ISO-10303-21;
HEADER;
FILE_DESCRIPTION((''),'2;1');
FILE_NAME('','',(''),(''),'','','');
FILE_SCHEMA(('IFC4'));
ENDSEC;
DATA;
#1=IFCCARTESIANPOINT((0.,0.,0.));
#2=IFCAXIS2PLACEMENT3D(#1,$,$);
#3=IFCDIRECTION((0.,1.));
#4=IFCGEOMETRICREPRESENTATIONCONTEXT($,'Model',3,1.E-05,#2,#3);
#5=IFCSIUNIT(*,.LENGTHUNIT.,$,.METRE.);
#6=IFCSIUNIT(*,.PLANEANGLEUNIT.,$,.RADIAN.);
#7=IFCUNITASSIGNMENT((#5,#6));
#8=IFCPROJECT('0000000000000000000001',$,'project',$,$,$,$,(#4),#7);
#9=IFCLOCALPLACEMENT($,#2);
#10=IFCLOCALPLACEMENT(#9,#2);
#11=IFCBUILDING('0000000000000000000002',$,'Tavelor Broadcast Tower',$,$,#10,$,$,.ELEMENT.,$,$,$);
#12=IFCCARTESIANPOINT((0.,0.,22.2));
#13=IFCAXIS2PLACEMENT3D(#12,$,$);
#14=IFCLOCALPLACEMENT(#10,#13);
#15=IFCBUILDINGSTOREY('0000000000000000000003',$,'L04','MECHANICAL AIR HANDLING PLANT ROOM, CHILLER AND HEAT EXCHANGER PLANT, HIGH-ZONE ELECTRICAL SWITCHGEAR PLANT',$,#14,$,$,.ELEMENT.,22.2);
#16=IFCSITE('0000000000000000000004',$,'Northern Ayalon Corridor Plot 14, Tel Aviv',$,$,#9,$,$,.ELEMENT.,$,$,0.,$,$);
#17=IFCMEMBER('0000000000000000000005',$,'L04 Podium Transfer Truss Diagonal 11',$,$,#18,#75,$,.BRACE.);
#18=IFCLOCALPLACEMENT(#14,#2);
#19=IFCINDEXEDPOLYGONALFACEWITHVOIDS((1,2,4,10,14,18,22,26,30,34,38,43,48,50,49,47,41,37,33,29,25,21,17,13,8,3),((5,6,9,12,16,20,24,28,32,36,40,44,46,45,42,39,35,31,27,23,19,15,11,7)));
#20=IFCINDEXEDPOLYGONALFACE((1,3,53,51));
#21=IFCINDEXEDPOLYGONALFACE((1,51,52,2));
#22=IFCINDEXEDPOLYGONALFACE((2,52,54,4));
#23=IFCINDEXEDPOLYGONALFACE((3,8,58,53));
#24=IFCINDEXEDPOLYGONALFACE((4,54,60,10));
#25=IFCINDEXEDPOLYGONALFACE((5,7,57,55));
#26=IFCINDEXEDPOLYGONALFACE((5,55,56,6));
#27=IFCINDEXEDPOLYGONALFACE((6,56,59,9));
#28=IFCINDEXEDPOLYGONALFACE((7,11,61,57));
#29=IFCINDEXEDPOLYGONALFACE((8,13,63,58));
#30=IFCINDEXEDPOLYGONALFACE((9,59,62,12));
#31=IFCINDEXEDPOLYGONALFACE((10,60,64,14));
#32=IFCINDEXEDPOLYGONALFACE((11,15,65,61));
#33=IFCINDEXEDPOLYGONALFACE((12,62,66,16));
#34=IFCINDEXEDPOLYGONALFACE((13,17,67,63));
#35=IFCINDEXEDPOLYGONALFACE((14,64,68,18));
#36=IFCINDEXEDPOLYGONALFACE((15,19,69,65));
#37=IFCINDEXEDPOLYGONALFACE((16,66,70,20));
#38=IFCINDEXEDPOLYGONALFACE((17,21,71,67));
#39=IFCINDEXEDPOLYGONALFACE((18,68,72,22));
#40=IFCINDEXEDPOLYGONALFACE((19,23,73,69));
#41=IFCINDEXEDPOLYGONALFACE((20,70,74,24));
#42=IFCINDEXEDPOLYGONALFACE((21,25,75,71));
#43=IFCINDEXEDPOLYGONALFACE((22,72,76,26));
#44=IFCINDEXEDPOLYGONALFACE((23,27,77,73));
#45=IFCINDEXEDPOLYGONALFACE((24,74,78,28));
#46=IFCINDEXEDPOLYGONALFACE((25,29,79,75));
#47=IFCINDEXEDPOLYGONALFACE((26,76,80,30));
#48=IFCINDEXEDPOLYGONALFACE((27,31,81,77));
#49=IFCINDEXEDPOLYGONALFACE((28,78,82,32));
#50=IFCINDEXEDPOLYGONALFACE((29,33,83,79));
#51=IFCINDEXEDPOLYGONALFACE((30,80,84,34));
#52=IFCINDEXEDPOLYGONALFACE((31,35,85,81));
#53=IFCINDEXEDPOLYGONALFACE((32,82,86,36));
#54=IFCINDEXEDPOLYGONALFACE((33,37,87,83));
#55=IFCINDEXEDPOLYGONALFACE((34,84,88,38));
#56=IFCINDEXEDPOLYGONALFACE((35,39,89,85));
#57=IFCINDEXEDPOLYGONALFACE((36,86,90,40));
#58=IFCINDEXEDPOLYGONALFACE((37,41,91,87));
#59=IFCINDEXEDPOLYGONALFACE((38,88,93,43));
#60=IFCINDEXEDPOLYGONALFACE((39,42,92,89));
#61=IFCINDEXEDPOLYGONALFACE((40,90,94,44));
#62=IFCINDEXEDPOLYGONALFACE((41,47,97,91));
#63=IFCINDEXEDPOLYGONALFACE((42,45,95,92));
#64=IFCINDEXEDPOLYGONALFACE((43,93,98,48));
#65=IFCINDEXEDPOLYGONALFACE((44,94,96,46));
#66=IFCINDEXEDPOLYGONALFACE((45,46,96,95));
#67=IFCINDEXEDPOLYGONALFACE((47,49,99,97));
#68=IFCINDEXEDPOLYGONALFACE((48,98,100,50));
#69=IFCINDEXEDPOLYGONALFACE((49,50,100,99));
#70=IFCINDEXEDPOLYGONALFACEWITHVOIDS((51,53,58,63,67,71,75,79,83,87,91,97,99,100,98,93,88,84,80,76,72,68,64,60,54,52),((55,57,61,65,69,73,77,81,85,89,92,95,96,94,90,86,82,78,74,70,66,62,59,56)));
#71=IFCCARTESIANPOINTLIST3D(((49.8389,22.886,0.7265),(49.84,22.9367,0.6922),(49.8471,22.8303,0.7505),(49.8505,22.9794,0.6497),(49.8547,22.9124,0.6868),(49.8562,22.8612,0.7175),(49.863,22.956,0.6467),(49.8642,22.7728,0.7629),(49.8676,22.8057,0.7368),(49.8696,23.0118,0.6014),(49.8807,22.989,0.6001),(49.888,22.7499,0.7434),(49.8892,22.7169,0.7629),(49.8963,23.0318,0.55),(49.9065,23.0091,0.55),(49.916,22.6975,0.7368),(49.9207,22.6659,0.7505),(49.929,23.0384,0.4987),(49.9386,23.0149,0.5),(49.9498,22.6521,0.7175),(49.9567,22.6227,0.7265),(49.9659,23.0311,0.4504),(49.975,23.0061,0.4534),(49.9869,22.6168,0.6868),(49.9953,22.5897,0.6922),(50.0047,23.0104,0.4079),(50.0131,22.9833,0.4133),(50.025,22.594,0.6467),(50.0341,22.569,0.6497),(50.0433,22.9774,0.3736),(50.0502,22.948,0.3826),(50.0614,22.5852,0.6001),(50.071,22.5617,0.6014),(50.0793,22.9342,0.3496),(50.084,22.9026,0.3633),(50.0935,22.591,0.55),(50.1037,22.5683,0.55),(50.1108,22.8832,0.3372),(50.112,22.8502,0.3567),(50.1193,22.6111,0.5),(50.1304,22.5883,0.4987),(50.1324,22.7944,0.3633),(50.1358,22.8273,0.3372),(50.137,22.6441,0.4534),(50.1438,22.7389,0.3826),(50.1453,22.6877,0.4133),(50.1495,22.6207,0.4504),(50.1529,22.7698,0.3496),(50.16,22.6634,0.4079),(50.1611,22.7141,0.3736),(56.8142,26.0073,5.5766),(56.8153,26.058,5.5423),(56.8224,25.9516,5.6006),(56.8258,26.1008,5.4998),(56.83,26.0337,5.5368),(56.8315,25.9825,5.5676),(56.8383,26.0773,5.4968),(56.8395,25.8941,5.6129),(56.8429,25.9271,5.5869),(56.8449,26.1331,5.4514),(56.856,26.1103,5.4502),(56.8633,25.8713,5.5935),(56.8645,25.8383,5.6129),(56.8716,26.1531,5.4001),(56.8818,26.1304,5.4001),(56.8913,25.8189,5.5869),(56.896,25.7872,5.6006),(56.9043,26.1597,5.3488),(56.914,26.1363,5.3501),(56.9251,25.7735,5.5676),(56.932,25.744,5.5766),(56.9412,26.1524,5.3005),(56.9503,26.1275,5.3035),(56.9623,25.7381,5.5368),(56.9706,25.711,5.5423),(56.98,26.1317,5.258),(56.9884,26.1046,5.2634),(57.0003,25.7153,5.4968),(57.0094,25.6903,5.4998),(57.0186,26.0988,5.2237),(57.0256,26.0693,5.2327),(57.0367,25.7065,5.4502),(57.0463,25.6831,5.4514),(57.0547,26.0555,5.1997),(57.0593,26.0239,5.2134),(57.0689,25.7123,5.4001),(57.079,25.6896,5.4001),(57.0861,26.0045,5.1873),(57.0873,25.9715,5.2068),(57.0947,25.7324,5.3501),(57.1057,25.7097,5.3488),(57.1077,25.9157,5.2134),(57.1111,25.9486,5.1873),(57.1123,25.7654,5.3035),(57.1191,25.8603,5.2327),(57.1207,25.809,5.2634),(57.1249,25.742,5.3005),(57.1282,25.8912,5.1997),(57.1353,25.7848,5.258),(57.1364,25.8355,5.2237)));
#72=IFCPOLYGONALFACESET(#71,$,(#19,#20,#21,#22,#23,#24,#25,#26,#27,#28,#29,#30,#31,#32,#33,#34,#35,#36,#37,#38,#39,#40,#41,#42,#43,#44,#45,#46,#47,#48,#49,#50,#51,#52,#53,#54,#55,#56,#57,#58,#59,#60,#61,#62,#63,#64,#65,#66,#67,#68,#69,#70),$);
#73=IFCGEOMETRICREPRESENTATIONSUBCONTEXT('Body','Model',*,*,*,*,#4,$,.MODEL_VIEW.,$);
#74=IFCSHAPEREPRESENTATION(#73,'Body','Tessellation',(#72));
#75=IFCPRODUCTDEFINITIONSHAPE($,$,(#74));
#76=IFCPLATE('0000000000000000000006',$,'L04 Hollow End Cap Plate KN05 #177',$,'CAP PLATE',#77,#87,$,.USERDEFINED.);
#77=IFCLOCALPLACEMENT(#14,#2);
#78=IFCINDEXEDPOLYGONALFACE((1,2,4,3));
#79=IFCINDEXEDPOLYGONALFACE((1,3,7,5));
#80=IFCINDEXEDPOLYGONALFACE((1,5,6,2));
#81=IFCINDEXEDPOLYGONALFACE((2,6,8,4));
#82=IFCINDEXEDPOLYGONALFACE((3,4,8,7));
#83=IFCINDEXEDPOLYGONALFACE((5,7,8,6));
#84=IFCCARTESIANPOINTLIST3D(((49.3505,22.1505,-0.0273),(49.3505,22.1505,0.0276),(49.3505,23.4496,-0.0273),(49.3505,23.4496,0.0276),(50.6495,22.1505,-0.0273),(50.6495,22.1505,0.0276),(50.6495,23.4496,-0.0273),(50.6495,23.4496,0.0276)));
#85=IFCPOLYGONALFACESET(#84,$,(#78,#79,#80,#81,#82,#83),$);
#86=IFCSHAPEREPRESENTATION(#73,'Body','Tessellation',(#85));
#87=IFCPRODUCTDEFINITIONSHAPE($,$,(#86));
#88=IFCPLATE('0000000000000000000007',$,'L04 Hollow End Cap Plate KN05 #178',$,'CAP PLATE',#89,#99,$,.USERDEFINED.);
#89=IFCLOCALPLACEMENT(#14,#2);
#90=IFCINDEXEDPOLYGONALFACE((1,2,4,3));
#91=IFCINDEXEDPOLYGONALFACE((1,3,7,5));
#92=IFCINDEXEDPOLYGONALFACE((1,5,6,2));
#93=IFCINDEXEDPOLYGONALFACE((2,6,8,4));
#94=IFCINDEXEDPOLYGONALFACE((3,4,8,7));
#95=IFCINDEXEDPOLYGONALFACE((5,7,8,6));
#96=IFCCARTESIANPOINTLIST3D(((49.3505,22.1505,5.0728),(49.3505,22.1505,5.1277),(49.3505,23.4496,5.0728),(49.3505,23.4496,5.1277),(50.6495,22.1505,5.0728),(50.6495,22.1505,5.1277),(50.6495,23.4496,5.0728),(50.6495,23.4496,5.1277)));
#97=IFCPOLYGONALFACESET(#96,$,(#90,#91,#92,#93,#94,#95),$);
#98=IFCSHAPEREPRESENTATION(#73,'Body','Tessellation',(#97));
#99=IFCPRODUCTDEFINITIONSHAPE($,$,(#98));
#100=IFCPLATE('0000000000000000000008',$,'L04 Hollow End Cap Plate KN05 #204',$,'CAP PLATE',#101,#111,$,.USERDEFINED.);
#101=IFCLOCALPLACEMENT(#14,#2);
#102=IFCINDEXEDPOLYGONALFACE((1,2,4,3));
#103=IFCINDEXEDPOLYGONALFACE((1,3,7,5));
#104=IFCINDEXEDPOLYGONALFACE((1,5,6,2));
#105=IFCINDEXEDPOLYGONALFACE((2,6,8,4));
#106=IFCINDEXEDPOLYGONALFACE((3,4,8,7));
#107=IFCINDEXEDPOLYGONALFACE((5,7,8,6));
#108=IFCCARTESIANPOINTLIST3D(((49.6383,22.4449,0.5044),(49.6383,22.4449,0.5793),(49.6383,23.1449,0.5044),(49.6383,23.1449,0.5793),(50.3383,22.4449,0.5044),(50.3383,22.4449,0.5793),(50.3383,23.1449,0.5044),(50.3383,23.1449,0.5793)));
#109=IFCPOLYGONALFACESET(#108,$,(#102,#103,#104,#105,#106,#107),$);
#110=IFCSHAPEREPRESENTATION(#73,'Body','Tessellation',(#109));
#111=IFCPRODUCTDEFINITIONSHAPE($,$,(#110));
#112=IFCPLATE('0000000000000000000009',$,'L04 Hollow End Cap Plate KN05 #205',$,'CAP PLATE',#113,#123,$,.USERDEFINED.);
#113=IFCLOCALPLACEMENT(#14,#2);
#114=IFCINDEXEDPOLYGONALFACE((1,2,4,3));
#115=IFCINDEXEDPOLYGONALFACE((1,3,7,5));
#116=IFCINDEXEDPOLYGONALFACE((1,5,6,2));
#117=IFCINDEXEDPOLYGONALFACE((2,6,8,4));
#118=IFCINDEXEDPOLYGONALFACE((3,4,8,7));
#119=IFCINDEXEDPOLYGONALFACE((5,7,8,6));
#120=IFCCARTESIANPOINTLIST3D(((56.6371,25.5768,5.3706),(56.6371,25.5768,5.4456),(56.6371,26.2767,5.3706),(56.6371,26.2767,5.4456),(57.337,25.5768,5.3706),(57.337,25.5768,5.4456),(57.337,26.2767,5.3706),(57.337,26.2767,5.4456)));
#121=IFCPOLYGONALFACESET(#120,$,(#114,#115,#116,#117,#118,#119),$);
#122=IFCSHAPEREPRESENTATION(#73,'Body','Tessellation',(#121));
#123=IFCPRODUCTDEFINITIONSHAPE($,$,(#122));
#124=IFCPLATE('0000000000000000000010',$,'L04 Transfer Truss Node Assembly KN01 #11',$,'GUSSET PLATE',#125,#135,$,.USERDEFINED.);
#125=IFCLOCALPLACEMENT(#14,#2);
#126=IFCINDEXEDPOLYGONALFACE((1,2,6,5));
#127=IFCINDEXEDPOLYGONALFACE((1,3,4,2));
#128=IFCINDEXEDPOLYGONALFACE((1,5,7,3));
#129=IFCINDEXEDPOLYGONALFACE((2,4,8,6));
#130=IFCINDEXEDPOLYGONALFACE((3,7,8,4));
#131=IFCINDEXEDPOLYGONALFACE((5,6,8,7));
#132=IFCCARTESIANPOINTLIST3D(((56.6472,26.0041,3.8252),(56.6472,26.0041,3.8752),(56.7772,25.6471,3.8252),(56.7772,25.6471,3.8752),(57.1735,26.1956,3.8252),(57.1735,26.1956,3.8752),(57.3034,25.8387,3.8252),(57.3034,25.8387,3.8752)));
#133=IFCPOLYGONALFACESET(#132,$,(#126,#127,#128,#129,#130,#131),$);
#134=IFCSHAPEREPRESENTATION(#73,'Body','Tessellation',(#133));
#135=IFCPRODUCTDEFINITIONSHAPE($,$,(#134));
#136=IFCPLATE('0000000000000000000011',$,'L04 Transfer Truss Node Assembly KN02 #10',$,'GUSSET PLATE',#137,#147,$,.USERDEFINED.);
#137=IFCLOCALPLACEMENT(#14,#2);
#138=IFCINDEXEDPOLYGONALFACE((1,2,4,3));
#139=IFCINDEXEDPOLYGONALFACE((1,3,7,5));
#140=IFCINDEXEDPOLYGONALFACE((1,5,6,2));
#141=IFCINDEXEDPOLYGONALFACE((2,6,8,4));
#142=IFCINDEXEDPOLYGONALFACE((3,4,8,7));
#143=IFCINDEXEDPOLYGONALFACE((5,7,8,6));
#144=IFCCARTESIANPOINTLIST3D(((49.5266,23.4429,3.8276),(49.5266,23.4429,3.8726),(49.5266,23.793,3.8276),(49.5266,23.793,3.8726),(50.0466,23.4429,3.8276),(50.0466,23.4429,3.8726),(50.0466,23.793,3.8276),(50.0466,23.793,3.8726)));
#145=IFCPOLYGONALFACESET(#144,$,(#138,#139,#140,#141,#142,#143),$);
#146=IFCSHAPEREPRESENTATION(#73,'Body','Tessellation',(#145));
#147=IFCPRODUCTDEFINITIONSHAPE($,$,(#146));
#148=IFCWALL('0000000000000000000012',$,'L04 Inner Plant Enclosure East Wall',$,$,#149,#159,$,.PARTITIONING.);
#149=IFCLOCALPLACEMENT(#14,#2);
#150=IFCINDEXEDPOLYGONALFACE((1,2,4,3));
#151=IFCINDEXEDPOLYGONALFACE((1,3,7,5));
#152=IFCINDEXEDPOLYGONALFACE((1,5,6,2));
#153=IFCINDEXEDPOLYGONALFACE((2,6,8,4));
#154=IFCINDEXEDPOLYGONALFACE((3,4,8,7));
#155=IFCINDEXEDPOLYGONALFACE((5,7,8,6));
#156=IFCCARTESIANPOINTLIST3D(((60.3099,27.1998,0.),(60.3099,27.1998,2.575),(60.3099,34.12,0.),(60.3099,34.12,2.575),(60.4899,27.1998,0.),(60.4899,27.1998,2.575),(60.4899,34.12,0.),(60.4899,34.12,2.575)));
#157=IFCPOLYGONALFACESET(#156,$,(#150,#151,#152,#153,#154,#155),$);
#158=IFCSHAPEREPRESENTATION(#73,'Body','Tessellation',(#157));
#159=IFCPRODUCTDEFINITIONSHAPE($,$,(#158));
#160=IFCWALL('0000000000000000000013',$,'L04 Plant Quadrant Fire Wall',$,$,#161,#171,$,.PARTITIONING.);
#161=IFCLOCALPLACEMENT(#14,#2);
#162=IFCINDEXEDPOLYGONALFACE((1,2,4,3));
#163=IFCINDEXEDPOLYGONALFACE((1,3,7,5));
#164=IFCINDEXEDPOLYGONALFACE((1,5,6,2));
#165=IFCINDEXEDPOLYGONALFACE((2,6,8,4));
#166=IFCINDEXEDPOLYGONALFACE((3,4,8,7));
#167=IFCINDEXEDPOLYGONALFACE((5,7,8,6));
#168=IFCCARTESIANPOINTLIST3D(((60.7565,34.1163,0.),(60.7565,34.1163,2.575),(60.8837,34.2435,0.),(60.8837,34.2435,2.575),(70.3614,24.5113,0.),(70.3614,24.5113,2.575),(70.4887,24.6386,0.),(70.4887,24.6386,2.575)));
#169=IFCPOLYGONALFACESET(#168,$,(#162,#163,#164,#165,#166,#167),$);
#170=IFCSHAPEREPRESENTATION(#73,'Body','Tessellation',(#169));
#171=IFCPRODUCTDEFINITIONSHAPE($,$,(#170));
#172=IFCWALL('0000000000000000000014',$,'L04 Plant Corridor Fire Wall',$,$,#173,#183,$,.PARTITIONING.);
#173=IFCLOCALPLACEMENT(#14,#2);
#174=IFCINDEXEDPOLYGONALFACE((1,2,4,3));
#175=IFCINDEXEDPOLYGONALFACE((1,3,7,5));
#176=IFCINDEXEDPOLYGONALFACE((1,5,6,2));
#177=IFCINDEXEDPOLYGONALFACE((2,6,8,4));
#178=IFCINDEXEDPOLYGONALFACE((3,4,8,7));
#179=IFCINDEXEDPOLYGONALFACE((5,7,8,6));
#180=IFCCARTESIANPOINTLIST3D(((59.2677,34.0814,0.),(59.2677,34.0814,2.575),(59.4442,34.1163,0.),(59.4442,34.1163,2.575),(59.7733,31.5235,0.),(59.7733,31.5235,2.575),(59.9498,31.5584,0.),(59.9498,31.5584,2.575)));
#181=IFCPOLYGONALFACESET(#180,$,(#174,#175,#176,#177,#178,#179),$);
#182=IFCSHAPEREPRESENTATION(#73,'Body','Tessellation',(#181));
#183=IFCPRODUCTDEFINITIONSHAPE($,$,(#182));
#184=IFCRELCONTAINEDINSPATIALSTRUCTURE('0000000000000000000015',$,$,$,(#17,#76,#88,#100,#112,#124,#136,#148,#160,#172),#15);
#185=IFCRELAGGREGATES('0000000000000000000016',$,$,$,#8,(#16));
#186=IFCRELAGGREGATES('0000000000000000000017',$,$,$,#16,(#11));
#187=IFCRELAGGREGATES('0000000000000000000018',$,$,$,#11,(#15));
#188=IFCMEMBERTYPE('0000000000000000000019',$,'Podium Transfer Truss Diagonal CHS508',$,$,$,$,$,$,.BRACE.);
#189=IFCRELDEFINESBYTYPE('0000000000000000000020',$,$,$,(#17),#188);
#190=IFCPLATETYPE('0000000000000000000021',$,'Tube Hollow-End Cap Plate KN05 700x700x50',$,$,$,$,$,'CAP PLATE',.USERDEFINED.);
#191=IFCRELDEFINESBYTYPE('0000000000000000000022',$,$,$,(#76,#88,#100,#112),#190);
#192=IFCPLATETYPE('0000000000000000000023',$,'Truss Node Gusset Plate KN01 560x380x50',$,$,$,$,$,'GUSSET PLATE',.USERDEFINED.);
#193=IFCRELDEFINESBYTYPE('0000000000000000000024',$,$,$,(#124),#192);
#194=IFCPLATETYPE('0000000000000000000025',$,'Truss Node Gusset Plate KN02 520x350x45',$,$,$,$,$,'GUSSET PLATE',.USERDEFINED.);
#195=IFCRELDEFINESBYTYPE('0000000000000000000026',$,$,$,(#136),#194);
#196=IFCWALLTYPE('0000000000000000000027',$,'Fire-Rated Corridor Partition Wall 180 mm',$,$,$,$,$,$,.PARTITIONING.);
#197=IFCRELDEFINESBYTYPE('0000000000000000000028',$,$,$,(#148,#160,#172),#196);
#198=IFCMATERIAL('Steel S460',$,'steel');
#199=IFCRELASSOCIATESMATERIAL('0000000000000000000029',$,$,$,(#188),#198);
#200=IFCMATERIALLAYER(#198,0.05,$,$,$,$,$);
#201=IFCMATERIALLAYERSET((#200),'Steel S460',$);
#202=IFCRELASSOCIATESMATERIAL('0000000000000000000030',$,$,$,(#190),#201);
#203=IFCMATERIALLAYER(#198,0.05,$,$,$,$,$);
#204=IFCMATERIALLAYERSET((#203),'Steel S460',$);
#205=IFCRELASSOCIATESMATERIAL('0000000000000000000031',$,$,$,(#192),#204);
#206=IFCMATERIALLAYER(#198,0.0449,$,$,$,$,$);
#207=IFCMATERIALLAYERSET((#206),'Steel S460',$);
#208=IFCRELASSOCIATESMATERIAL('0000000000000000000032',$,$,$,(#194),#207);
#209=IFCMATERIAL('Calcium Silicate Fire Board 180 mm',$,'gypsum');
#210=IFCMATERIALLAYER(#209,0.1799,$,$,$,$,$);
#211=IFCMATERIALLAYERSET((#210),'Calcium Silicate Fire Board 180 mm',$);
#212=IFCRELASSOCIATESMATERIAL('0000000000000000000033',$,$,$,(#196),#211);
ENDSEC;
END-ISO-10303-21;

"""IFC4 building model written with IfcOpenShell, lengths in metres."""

from ifc_helpers import new_model, si_unit, direction, frame, frame_2d, origin, origin_2d, place, context, subcontext, project, spatial, rectangle, hollow_circle, extrude, source, transform, mapped, material, layer, layer_set, material_profile, profile_set, type_object, type_shapes, element, save


model = new_model("IFC4")

# Units and contexts
model_context = context("Model", 3, precision=1e-05, world=origin(), true_north=direction((0.0, 1.0)))
body_context = subcontext(model_context, "Body", "Model", "MODEL_VIEW")
ifc_project = project(units=[si_unit("LENGTHUNIT", "METRE"), si_unit("PLANEANGLEUNIT", "RADIAN")], contexts=[model_context])

# Site, building, storey
site_placement = place(None, origin())
site = spatial("IfcSite", under=ifc_project, at=site_placement, Name="Northern Ayalon Corridor Plot 14, Tel Aviv", CompositionType="ELEMENT", RefElevation=0.0)
building_placement = place(site_placement, origin())
building = spatial("IfcBuilding", under=site, at=building_placement, Name="Tavelor Broadcast Tower", CompositionType="ELEMENT")
storey_placement = place(building_placement, frame((0.0, 0.0, 22.2)))
storey = spatial("IfcBuildingStorey", under=building, at=storey_placement, Name="L04", Description="MECHANICAL AIR HANDLING PLANT ROOM, CHILLER AND HEAT EXCHANGER PLANT, HIGH-ZONE ELECTRICAL SWITCHGEAR PLANT", CompositionType="ELEMENT", Elevation=22.2)

# Shared definitions
ifc_material_1 = material(Name="Steel S460", Category="steel")

# Member
ifc_material_profile_1 = material_profile(ifc_material_1, hollow_circle(Radius=0.2539, WallThickness=0.0249, at=origin_2d()), Name="CHS 508x25")
ifc_profile_set_1 = profile_set([ifc_material_profile_1], Name="Steel S460")
member_type = type_object("IfcMemberType", Name="Podium Transfer Truss Diagonal CHS508", PredefinedType="BRACE", material=ifc_profile_set_1)
member_placement = place(storey_placement, frame((50.0, 22.8, 0.55), z_axis=(0.770666, 0.344859, 0.53586), x_axis=(-0.408452, 0.91278, 0.0)))
element("IfcMember", 1, at=member_placement, inside=storey, type_object=member_type, Name="L04 Podium Transfer Truss Diagonal 11", PredefinedType="BRACE", context=body_context, shape_type="SweptSolid", body=[
    extrude(hollow_circle(Radius=0.2539, WallThickness=0.0249, at=origin_2d()), origin(), (0.0, 0.0, 1.0), 9.051),
])

# Plates
ifc_layer_1 = layer(ifc_material_1, 0.05)
ifc_layer_set_1 = layer_set([ifc_layer_1], Name="Steel S460")
plate_type_1 = type_object("IfcPlateType", Name="Tube Hollow-End Cap Plate KN05 700x700x50", ElementType="CAP PLATE", PredefinedType="USERDEFINED", material=ifc_layer_set_1)
shared_shape_1 = source(origin(), body_context, "Body", "SweptSolid", [
    extrude(rectangle(XDim=1.2991, YDim=1.2991, at=origin_2d()), origin(), (0.0, 0.0, 1.0), 0.0549),
])
for number, where, z_axis, x_axis, name in (
    (2, (50.0, 22.8, -0.0273), (0.0, 0.0, 1.0), (1.0, 0.0, 0.0), "L04 Hollow End Cap Plate KN05 #177"),
    (3, (50.0, 22.8, 5.0728), (0.0, 0.0, 1.0), (1.0, 0.0, 0.0), "L04 Hollow End Cap Plate KN05 #178"),
):
    element("IfcPlate", number, at=place(storey_placement, frame(where, z_axis=z_axis, x_axis=x_axis)), inside=storey, type_object=plate_type_1, Name=name, ObjectType="CAP PLATE", PredefinedType="USERDEFINED", context=body_context, shape_type="MappedRepresentation", body=[
        mapped(shared_shape_1, transform((0.0, 0.0, 0.0), scale=1.0)),
    ])
shared_shape_2 = source(origin(), body_context, "Body", "SweptSolid", [
    extrude(rectangle(XDim=0.7, YDim=0.7, at=origin_2d()), origin(), (0.0, 0.0, 1.0), 0.075),
])
type_shapes(plate_type_1, [shared_shape_1, shared_shape_2])
for number, where, z_axis, x_axis, name in (
    (4, (49.9883, 22.7949, 0.5044), (0.0, 0.0, 1.0), (1.0, 0.0, 0.0), "L04 Hollow End Cap Plate KN05 #204"),
    (5, (56.9871, 25.9268, 5.3706), (0.0, 0.0, 1.0), (1.0, 0.0, 0.0), "L04 Hollow End Cap Plate KN05 #205"),
):
    element("IfcPlate", number, at=place(storey_placement, frame(where, z_axis=z_axis, x_axis=x_axis)), inside=storey, type_object=plate_type_1, Name=name, ObjectType="CAP PLATE", PredefinedType="USERDEFINED", context=body_context, shape_type="MappedRepresentation", body=[
        mapped(shared_shape_2, transform((0.0, 0.0, 0.0), scale=1.0)),
    ])
ifc_layer_2 = layer(ifc_material_1, 0.05)
ifc_layer_set_2 = layer_set([ifc_layer_2], Name="Steel S460")
plate_type_2 = type_object("IfcPlateType", Name="Truss Node Gusset Plate KN01 560x380x50", ElementType="GUSSET PLATE", PredefinedType="USERDEFINED", material=ifc_layer_set_2)
shared_shape_3 = source(origin(), body_context, "Body", "SweptSolid", [
    extrude(rectangle(XDim=0.5601, YDim=0.3799, at=origin_2d()), origin(), (0.0, 0.0, 1.0), 0.05),
])
type_shapes(plate_type_2, [shared_shape_3])
plate_1_placement = place(storey_placement, frame((56.9753, 25.9214, 3.8252), z_axis=(0.0, 0.0, 1.0), x_axis=(-0.939693, -0.34202, 0.0)))
element("IfcPlate", 6, at=plate_1_placement, inside=storey, type_object=plate_type_2, Name="L04 Transfer Truss Node Assembly KN01 #11", ObjectType="GUSSET PLATE", PredefinedType="USERDEFINED", context=body_context, shape_type="MappedRepresentation", body=[
    mapped(shared_shape_3, transform((0.0, 0.0, 0.0), scale=1.0)),
])
ifc_layer_3 = layer(ifc_material_1, 0.0449)
ifc_layer_set_3 = layer_set([ifc_layer_3], Name="Steel S460")
plate_type_3 = type_object("IfcPlateType", Name="Truss Node Gusset Plate KN02 520x350x45", ElementType="GUSSET PLATE", PredefinedType="USERDEFINED", material=ifc_layer_set_3)
shared_shape_4 = source(origin(), body_context, "Body", "SweptSolid", [
    extrude(rectangle(XDim=0.52, YDim=0.3501, at=origin_2d()), origin(), (0.0, 0.0, 1.0), 0.0449),
])
type_shapes(plate_type_3, [shared_shape_4])
plate_2_placement = place(storey_placement, frame((49.7866, 23.6179, 3.8276), z_axis=(0.0, 0.0, 1.0), x_axis=(-1.0, 0.0, 0.0)))
element("IfcPlate", 7, at=plate_2_placement, inside=storey, type_object=plate_type_3, Name="L04 Transfer Truss Node Assembly KN02 #10", ObjectType="GUSSET PLATE", PredefinedType="USERDEFINED", context=body_context, shape_type="MappedRepresentation", body=[
    mapped(shared_shape_4, transform((0.0, 0.0, 0.0), scale=1.0)),
])

# Walls
ifc_material_2 = material(Name="Calcium Silicate Fire Board 180 mm", Category="gypsum")
ifc_layer_4 = layer(ifc_material_2, 0.1799)
ifc_layer_set_4 = layer_set([ifc_layer_4], Name="Calcium Silicate Fire Board 180 mm")
wall_type_1 = type_object("IfcWallType", Name="Fire-Rated Corridor Partition Wall 180 mm", PredefinedType="PARTITIONING", material=ifc_layer_set_4)
wall_1_placement = place(storey_placement, frame((60.3999, 27.2, 0.0), z_axis=(0.0, 0.0, 1.0), x_axis=(0.0, 1.0, 0.0)))
element("IfcWall", 8, at=wall_1_placement, inside=storey, type_object=wall_type_1, Name="L04 Inner Plant Enclosure East Wall", PredefinedType="PARTITIONING", context=body_context, shape_type="SweptSolid", body=[
    extrude(rectangle(XDim=6.9202, YDim=0.1799, at=frame_2d((3.46, 0.0))), origin(), (0.0, 0.0, 1.0), 2.575),
])
wall_2_placement = place(storey_placement, frame((60.8201, 34.1799, 0.0), z_axis=(0.0, 0.0, 1.0), x_axis=(0.707107, -0.707107, 0.0)))
element("IfcWall", 9, at=wall_2_placement, inside=storey, type_object=wall_type_1, Name="L04 Plant Quadrant Fire Wall", PredefinedType="PARTITIONING", context=body_context, shape_type="SweptSolid", body=[
    extrude(rectangle(XDim=13.5835, YDim=0.1799, at=frame_2d((6.7917, 0.0))), origin(), (0.0, 0.0, 1.0), 2.575),
])
wall_3_placement = place(storey_placement, frame((59.356, 34.0989, 0.0), z_axis=(0.0, 0.0, 1.0), x_axis=(0.193919, -0.981018, 0.0)))
element("IfcWall", 10, at=wall_3_placement, inside=storey, type_object=wall_type_1, Name="L04 Plant Corridor Fire Wall", PredefinedType="PARTITIONING", context=body_context, shape_type="SweptSolid", body=[
    extrude(rectangle(XDim=2.6074, YDim=0.1799, at=frame_2d((1.3037, 0.0))), origin(), (0.0, 0.0, 1.0), 2.575),
])

save(model, "model.ifc")
